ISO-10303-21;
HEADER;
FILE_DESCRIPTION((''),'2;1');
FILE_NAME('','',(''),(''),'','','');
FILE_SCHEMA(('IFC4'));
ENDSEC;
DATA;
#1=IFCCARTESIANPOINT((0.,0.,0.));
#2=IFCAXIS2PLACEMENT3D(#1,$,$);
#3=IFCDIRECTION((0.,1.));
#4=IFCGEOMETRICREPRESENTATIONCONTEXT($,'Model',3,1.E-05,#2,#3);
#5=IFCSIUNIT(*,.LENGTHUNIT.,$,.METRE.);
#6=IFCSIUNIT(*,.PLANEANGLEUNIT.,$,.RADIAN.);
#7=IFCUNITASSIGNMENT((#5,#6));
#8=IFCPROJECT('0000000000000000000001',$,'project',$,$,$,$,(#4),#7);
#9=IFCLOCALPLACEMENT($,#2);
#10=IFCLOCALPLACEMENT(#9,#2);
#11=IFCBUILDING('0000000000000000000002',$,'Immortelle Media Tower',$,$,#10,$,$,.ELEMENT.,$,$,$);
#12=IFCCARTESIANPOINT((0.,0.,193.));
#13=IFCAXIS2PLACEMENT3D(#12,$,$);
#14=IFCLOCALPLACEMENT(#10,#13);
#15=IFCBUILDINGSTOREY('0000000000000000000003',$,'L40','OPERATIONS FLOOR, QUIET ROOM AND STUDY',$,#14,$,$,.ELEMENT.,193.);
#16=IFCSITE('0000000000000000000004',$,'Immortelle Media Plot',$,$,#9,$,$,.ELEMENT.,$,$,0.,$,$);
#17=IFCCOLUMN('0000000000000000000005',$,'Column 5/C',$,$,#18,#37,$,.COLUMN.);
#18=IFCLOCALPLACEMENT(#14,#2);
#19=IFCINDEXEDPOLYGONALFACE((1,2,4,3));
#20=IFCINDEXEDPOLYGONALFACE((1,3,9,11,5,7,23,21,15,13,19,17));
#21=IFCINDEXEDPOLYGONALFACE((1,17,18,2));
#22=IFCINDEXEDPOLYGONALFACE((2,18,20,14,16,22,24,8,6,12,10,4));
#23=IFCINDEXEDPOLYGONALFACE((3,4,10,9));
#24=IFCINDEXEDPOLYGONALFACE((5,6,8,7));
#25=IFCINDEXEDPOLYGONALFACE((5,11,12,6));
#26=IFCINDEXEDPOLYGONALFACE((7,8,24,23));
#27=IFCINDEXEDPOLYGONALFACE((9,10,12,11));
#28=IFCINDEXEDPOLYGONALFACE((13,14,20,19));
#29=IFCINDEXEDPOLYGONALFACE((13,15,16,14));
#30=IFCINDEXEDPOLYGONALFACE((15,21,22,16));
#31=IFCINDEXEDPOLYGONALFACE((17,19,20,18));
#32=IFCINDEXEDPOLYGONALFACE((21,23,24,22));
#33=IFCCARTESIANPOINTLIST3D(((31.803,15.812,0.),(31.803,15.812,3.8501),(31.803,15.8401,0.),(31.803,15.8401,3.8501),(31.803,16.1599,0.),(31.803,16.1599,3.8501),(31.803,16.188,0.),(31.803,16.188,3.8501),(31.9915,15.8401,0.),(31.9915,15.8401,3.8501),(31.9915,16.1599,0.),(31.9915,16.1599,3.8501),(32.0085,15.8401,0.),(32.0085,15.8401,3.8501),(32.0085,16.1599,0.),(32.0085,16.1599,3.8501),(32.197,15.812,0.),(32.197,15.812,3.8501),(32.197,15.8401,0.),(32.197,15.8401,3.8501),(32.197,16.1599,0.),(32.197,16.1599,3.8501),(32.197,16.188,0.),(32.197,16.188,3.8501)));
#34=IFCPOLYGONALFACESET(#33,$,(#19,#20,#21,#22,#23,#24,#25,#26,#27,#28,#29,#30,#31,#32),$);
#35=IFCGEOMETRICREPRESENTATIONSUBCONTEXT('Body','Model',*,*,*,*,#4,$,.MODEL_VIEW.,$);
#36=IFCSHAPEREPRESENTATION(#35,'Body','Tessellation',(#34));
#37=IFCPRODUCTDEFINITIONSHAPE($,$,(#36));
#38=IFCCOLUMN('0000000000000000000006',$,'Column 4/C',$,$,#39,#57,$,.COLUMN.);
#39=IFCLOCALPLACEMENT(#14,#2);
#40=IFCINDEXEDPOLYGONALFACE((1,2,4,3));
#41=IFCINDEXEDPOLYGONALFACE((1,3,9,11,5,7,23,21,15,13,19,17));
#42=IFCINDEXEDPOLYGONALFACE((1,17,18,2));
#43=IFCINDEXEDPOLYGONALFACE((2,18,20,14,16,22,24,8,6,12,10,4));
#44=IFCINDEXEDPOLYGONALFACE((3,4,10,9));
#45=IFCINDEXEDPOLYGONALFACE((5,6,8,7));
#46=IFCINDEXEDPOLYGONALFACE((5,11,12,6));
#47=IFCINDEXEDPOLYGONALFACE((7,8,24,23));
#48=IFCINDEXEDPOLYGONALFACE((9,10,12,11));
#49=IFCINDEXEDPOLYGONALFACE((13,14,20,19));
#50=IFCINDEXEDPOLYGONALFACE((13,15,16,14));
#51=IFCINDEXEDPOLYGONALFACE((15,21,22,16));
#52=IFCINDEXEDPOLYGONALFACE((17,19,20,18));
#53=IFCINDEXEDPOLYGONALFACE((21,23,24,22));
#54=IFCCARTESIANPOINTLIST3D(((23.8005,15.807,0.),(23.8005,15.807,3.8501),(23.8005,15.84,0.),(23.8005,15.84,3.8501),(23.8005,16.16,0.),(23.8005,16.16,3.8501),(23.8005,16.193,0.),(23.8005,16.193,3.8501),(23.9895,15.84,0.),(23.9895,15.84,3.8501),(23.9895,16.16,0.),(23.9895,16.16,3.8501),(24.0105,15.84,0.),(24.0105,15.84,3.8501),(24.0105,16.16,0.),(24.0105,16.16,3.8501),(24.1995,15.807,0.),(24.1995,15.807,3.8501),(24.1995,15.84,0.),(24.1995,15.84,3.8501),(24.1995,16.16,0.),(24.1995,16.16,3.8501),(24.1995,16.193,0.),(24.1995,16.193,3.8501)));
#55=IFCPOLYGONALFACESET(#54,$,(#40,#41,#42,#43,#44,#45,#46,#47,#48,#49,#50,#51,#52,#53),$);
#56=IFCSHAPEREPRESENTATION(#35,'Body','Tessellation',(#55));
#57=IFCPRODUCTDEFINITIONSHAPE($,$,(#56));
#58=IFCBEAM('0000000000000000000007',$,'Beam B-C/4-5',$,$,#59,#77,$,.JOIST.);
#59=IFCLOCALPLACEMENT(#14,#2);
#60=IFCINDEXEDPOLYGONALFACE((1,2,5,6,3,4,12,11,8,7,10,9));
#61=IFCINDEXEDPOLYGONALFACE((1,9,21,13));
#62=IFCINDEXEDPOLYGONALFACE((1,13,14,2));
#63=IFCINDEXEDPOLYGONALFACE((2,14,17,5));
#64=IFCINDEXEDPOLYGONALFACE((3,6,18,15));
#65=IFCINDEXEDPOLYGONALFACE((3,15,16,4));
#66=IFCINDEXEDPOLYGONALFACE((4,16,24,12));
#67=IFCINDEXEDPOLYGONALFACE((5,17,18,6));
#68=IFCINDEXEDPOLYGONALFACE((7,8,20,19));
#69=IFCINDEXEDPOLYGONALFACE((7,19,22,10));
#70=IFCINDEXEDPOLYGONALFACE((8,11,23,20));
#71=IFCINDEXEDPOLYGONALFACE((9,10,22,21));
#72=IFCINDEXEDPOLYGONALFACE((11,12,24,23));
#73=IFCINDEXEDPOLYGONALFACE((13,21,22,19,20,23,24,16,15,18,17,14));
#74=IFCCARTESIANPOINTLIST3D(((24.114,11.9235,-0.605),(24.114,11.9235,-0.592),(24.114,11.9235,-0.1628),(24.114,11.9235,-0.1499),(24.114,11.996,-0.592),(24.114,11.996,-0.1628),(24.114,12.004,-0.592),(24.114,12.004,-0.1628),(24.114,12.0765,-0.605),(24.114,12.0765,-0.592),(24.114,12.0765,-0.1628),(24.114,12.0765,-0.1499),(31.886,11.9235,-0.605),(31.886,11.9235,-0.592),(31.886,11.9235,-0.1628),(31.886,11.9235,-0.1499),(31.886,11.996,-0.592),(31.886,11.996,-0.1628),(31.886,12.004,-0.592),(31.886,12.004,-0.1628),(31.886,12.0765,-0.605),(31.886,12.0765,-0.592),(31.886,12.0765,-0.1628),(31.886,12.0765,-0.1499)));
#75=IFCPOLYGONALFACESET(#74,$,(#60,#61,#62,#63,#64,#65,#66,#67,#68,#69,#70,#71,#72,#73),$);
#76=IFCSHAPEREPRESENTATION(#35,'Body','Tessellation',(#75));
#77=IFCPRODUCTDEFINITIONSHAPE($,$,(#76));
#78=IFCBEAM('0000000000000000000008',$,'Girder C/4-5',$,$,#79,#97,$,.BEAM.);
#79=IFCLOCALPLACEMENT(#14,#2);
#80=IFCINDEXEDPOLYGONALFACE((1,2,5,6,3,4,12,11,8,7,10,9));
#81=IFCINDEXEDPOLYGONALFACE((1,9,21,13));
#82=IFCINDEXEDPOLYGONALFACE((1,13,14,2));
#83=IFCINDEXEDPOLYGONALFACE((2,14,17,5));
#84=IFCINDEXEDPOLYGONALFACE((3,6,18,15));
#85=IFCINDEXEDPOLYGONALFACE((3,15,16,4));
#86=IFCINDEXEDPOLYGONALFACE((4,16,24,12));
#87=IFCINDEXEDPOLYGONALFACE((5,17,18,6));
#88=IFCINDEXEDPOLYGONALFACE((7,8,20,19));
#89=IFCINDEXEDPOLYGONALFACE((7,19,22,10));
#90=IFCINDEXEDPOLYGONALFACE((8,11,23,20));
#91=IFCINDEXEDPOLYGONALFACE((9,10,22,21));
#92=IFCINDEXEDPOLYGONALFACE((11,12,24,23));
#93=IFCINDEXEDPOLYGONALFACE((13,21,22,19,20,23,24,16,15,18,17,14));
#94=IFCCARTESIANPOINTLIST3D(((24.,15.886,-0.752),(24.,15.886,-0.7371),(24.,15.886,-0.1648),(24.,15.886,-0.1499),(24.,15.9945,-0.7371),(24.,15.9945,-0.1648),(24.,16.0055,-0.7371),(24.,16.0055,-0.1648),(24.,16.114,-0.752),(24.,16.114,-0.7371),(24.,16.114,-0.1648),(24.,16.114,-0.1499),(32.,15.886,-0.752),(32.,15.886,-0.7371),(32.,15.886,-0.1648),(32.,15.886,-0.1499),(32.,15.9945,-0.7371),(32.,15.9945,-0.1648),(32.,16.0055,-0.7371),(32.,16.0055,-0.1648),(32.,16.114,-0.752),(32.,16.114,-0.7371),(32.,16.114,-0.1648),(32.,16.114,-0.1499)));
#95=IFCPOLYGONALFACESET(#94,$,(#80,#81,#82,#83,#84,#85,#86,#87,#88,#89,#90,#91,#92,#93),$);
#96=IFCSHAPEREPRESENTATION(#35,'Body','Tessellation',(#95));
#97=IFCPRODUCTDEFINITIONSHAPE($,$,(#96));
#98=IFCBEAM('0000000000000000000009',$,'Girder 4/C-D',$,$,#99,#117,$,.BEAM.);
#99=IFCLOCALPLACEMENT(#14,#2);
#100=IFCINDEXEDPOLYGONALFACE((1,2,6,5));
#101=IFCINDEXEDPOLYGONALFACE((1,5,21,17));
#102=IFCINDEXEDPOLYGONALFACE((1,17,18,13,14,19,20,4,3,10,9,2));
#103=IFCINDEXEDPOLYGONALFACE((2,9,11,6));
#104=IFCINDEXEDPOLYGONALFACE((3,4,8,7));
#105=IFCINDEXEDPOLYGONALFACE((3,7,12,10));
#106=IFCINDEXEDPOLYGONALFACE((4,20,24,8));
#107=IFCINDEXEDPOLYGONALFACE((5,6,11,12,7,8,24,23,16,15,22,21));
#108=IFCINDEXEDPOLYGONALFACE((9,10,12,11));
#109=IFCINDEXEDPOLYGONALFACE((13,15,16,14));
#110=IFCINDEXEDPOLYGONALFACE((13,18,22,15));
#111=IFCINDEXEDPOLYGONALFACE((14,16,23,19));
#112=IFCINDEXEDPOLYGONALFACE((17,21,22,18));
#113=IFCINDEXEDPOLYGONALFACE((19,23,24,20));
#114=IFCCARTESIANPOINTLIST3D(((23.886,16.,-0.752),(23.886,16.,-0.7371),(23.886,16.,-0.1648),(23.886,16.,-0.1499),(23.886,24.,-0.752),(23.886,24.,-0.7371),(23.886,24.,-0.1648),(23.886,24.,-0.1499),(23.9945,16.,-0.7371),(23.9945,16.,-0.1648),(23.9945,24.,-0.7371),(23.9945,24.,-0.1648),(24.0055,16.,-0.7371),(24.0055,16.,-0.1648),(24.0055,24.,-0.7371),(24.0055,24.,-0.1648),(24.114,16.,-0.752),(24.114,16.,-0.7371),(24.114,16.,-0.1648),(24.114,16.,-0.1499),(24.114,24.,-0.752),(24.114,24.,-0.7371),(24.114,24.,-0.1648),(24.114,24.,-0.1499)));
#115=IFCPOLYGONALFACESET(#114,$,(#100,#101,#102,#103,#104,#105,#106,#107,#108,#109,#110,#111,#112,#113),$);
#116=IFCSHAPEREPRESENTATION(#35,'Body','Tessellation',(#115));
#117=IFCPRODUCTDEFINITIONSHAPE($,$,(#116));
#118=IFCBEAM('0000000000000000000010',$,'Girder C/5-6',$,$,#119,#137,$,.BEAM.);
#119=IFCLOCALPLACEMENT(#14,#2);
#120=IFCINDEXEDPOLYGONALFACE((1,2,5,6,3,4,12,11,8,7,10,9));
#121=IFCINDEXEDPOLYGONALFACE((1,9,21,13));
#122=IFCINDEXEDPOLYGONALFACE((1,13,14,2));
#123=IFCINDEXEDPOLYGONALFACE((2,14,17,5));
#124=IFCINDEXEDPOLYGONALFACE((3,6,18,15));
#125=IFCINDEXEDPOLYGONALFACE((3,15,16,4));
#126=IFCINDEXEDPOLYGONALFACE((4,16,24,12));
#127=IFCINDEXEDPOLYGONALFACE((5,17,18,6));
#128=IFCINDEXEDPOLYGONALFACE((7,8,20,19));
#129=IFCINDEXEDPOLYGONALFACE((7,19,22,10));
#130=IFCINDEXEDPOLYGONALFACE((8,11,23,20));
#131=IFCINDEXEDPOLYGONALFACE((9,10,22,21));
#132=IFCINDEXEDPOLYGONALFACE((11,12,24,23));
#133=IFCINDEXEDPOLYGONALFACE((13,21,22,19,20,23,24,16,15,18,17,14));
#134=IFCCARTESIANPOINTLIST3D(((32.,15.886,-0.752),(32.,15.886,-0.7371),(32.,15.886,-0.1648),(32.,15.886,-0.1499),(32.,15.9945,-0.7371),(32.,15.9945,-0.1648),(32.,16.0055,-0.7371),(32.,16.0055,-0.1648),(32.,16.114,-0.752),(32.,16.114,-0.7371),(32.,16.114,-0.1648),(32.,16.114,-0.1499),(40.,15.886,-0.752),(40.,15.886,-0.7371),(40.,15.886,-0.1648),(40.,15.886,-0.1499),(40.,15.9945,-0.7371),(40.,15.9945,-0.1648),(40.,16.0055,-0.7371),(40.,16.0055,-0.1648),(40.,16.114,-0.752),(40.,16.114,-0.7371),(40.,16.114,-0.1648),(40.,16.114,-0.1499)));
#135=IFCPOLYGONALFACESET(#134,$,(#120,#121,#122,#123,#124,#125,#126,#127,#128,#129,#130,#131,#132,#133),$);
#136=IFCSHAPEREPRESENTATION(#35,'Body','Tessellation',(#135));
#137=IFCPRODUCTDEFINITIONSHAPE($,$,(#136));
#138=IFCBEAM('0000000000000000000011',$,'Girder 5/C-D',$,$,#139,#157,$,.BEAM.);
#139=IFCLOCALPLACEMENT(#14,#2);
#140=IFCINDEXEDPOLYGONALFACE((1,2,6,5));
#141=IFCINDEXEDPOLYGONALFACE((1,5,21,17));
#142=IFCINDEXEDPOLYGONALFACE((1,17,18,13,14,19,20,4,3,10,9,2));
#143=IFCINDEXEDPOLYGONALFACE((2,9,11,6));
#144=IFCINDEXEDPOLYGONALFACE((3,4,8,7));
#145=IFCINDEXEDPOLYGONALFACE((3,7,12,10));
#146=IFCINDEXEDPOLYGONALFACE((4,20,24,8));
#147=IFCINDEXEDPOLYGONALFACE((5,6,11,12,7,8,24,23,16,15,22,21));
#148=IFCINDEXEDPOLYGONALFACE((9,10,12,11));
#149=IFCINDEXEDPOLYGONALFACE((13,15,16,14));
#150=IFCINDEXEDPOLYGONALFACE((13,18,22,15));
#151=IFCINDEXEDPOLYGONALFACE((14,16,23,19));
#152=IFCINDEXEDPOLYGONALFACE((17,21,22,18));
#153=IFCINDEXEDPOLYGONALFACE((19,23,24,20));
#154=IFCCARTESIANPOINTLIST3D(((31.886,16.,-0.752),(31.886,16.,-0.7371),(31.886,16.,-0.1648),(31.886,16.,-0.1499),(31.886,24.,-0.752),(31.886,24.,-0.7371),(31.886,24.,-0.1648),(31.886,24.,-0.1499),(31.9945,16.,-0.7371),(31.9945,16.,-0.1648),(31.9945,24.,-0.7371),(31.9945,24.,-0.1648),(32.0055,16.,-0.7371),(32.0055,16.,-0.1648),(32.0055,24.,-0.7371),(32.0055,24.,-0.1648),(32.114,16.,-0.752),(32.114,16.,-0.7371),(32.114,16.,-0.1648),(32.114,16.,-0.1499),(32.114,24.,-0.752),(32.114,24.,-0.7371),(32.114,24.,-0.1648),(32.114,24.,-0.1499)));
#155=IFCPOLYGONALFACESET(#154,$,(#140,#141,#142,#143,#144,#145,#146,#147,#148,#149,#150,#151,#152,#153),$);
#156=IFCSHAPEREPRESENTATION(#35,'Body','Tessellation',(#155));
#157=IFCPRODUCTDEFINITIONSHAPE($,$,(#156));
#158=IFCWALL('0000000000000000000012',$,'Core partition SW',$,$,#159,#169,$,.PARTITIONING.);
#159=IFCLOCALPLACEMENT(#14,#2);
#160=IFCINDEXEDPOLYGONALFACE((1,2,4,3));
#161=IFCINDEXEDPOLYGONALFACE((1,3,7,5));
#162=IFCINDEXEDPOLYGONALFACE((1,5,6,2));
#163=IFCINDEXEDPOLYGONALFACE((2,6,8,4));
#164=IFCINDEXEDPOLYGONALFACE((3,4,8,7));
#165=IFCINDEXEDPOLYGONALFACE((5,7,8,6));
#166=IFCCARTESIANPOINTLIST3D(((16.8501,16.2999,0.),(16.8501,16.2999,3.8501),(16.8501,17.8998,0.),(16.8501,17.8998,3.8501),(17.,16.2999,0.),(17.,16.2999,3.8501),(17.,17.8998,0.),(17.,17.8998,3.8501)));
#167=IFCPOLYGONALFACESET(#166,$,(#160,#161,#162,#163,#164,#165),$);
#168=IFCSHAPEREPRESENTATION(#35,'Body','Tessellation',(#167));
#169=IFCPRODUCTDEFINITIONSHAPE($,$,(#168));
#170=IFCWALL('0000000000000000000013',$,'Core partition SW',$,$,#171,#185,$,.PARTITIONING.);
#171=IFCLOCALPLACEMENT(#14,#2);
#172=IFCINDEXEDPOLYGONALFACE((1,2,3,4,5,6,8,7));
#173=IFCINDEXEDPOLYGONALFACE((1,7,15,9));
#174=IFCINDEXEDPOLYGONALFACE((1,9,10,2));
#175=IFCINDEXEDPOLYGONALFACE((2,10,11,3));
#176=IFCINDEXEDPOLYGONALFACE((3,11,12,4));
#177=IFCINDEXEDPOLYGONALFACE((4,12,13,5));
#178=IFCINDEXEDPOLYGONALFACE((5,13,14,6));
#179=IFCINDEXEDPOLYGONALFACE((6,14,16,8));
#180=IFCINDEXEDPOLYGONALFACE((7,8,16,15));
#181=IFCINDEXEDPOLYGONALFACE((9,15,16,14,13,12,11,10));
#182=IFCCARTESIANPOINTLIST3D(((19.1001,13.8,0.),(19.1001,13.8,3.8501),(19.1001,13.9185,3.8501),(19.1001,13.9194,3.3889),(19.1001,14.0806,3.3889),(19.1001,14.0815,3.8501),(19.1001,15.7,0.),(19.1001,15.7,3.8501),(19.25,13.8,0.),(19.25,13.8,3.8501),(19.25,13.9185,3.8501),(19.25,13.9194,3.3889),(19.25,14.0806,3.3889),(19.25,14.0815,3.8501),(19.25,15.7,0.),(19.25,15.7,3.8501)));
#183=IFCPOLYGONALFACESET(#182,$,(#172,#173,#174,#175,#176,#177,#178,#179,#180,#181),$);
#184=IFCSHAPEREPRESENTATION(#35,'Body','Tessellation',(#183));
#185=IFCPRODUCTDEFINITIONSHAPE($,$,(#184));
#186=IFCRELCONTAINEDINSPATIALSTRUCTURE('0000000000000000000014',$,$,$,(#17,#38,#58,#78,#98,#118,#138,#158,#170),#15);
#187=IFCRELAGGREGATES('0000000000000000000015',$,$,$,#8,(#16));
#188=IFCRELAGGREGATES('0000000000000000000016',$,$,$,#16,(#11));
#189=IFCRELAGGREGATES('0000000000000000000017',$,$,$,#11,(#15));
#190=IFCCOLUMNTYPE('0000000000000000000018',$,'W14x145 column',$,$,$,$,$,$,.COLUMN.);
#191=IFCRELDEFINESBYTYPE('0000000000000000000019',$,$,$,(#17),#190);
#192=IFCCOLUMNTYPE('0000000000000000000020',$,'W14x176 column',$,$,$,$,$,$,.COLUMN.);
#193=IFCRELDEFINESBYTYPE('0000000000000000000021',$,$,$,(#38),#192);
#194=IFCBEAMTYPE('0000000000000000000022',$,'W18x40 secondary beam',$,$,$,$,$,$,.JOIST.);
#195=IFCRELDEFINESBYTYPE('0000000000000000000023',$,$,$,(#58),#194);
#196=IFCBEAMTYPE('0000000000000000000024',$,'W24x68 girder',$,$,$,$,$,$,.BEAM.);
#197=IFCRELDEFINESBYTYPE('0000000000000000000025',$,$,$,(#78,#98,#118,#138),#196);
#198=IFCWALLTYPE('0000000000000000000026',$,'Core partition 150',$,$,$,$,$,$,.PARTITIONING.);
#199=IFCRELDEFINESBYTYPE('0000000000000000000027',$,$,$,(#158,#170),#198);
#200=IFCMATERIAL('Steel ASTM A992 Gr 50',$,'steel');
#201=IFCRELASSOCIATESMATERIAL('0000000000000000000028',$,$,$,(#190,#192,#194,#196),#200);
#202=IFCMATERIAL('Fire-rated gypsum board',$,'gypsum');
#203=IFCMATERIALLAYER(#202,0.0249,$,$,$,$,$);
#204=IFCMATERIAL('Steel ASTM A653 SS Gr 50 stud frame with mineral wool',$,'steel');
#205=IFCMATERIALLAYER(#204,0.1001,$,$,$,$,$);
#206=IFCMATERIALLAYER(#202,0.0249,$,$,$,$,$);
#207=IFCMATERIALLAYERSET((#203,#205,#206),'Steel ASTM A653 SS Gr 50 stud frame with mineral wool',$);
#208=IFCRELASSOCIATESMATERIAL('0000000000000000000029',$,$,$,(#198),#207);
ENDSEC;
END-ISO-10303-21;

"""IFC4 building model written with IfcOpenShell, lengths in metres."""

from ifc_helpers import new_model, si_unit, direction, frame, frame_2d, origin, origin_2d, place, context, subcontext, project, spatial, polyline, rectangle, i_section, outline, extrude, material, layer, layer_set, material_profile, profile_set, type_object, element, save


model = new_model("IFC4")

# Units and contexts
model_context = context("Model", 3, precision=1e-05, world=origin(), true_north=direction((0.0, 1.0)))
body_context = subcontext(model_context, "Body", "Model", "MODEL_VIEW")
ifc_project = project(units=[si_unit("LENGTHUNIT", "METRE"), si_unit("PLANEANGLEUNIT", "RADIAN")], contexts=[model_context])

# Site, building, storey
site_placement = place(None, origin())
site = spatial("IfcSite", under=ifc_project, at=site_placement, Name="Immortelle Media Plot", CompositionType="ELEMENT", RefElevation=0.0)
building_placement = place(site_placement, origin())
building = spatial("IfcBuilding", under=site, at=building_placement, Name="Immortelle Media Tower", CompositionType="ELEMENT")
storey_placement = place(building_placement, frame((0.0, 0.0, 193.0)))
storey = spatial("IfcBuildingStorey", under=building, at=storey_placement, Name="L40", Description="OPERATIONS FLOOR, QUIET ROOM AND STUDY", CompositionType="ELEMENT", Elevation=193.0)

# Columns
ifc_material_1 = material(Name="Steel ASTM A992 Gr 50", Category="steel")
ifc_material_profile_1 = material_profile(ifc_material_1, i_section(OverallWidth=0.394, OverallDepth=0.376, WebThickness=0.0171, FlangeThickness=0.0281, at=origin_2d()), Name="W14x145")
ifc_profile_set_1 = profile_set([ifc_material_profile_1], Name="Steel ASTM A992 Gr 50")
column_type_1 = type_object("IfcColumnType", Name="W14x145 column", PredefinedType="COLUMN", material=ifc_profile_set_1)
column_1_placement = place(storey_placement, frame((32.0, 16.0, 0.0), z_axis=(0.0, 0.0, 1.0), x_axis=(1.0, 0.0, 0.0)))
element("IfcColumn", 1, at=column_1_placement, inside=storey, type_object=column_type_1, Name="Column 5/C", PredefinedType="COLUMN", context=body_context, shape_type="SweptSolid", body=[
    extrude(i_section(OverallWidth=0.394, OverallDepth=0.376, WebThickness=0.0171, FlangeThickness=0.0281, at=origin_2d()), origin(), (0.0, 0.0, 1.0), 3.8501),
])
ifc_material_profile_2 = material_profile(ifc_material_1, i_section(OverallWidth=0.3989, OverallDepth=0.386, WebThickness=0.021, FlangeThickness=0.033, at=origin_2d()), Name="W14x176")
ifc_profile_set_2 = profile_set([ifc_material_profile_2], Name="Steel ASTM A992 Gr 50")
column_type_2 = type_object("IfcColumnType", Name="W14x176 column", PredefinedType="COLUMN", material=ifc_profile_set_2)
column_2_placement = place(storey_placement, frame((24.0, 16.0, 0.0), z_axis=(0.0, 0.0, 1.0), x_axis=(1.0, 0.0, 0.0)))
element("IfcColumn", 2, at=column_2_placement, inside=storey, type_object=column_type_2, Name="Column 4/C", PredefinedType="COLUMN", context=body_context, shape_type="SweptSolid", body=[
    extrude(i_section(OverallWidth=0.3989, OverallDepth=0.386, WebThickness=0.021, FlangeThickness=0.033, at=origin_2d()), origin(), (0.0, 0.0, 1.0), 3.8501),
])

# Beams
ifc_material_profile_3 = material_profile(ifc_material_1, i_section(OverallWidth=0.1531, OverallDepth=0.4551, WebThickness=0.0081, FlangeThickness=0.0129, at=origin_2d()), Name="W18x40")
ifc_profile_set_3 = profile_set([ifc_material_profile_3], Name="Steel ASTM A992 Gr 50")
beam_type_1 = type_object("IfcBeamType", Name="W18x40 secondary beam", PredefinedType="JOIST", material=ifc_profile_set_3)
beam_placement = place(storey_placement, frame((24.114, 12.0, -0.3774), z_axis=(1.0, 0.0, 0.0), x_axis=(0.0, 1.0, 0.0)))
element("IfcBeam", 3, at=beam_placement, inside=storey, type_object=beam_type_1, Name="Beam B-C/4-5", PredefinedType="JOIST", context=body_context, shape_type="SweptSolid", body=[
    extrude(i_section(OverallWidth=0.1531, OverallDepth=0.4551, WebThickness=0.0081, FlangeThickness=0.0129, at=origin_2d()), origin(), (0.0, 0.0, 1.0), 7.772),
])
ifc_material_profile_4 = material_profile(ifc_material_1, i_section(OverallWidth=0.228, OverallDepth=0.6021, WebThickness=0.011, FlangeThickness=0.0149, at=origin_2d()), Name="W24x68")
ifc_profile_set_4 = profile_set([ifc_material_profile_4], Name="Steel ASTM A992 Gr 50")
beam_type_2 = type_object("IfcBeamType", Name="W24x68 girder", PredefinedType="BEAM", material=ifc_profile_set_4)
for number, where, z_axis, x_axis, name in (
    (4, (24.0, 16.0, -0.4509), (1.0, 0.0, 0.0), (0.0, 1.0, 0.0), "Girder C/4-5"),
    (5, (24.0, 16.0, -0.4509), (0.0, 1.0, 0.0), (-1.0, 0.0, 0.0), "Girder 4/C-D"),
    (6, (32.0, 16.0, -0.4509), (1.0, 0.0, 0.0), (0.0, 1.0, 0.0), "Girder C/5-6"),
    (7, (32.0, 16.0, -0.4509), (0.0, 1.0, 0.0), (-1.0, 0.0, 0.0), "Girder 5/C-D"),
):
    element("IfcBeam", number, at=place(storey_placement, frame(where, z_axis=z_axis, x_axis=x_axis)), inside=storey, type_object=beam_type_2, Name=name, PredefinedType="BEAM", context=body_context, shape_type="SweptSolid", body=[
        extrude(i_section(OverallWidth=0.228, OverallDepth=0.6021, WebThickness=0.011, FlangeThickness=0.0149, at=origin_2d()), origin(), (0.0, 0.0, 1.0), 8.0),
    ])

# Walls
ifc_material_2 = material(Name="Fire-rated gypsum board", Category="gypsum")
ifc_layer_1 = layer(ifc_material_2, 0.0249)
ifc_material_3 = material(Name="Steel ASTM A653 SS Gr 50 stud frame with mineral wool", Category="steel")
ifc_layer_2 = layer(ifc_material_3, 0.1001)
ifc_layer_3 = layer(ifc_material_2, 0.0249)
ifc_layer_set_1 = layer_set([ifc_layer_1, ifc_layer_2, ifc_layer_3], Name="Steel ASTM A653 SS Gr 50 stud frame with mineral wool")
wall_type_1 = type_object("IfcWallType", Name="Core partition 150", PredefinedType="PARTITIONING", material=ifc_layer_set_1)
wall_1_placement = place(storey_placement, frame((16.925, 16.3, 0.0), z_axis=(0.0, 0.0, 1.0), x_axis=(0.0, 1.0, 0.0)))
element("IfcWall", 8, at=wall_1_placement, inside=storey, type_object=wall_type_1, Name="Core partition SW", PredefinedType="PARTITIONING", context=body_context, shape_type="SweptSolid", body=[
    extrude(rectangle(XDim=1.5999, YDim=0.1499, at=frame_2d((0.7998, 0.0))), origin(), (0.0, 0.0, 1.0), 3.8501),
])
wall_2_placement = place(storey_placement, frame((19.175, 13.8, 0.0), z_axis=(0.0, 0.0, 1.0), x_axis=(0.0, 1.0, 0.0)))
element("IfcWall", 9, at=wall_2_placement, inside=storey, type_object=wall_type_1, Name="Core partition SW", PredefinedType="PARTITIONING", context=body_context, shape_type="SweptSolid", body=[
    extrude(outline(polyline([(0.0, 0.0), (1.8999, 0.0), (1.8999, 3.8501), (0.2815, 3.8501), (0.2805, 3.3889), (0.1194, 3.3889), (0.1184, 3.8501), (0.0, 3.8501), (0.0, 0.0)])), frame((0.0, 0.075, 0.0), z_axis=(0.0, -1.0, 0.0), x_axis=(1.0, 0.0, 0.0)), (0.0, 0.0, 1.0), 0.1499),
])

save(model, "model.ifc")
